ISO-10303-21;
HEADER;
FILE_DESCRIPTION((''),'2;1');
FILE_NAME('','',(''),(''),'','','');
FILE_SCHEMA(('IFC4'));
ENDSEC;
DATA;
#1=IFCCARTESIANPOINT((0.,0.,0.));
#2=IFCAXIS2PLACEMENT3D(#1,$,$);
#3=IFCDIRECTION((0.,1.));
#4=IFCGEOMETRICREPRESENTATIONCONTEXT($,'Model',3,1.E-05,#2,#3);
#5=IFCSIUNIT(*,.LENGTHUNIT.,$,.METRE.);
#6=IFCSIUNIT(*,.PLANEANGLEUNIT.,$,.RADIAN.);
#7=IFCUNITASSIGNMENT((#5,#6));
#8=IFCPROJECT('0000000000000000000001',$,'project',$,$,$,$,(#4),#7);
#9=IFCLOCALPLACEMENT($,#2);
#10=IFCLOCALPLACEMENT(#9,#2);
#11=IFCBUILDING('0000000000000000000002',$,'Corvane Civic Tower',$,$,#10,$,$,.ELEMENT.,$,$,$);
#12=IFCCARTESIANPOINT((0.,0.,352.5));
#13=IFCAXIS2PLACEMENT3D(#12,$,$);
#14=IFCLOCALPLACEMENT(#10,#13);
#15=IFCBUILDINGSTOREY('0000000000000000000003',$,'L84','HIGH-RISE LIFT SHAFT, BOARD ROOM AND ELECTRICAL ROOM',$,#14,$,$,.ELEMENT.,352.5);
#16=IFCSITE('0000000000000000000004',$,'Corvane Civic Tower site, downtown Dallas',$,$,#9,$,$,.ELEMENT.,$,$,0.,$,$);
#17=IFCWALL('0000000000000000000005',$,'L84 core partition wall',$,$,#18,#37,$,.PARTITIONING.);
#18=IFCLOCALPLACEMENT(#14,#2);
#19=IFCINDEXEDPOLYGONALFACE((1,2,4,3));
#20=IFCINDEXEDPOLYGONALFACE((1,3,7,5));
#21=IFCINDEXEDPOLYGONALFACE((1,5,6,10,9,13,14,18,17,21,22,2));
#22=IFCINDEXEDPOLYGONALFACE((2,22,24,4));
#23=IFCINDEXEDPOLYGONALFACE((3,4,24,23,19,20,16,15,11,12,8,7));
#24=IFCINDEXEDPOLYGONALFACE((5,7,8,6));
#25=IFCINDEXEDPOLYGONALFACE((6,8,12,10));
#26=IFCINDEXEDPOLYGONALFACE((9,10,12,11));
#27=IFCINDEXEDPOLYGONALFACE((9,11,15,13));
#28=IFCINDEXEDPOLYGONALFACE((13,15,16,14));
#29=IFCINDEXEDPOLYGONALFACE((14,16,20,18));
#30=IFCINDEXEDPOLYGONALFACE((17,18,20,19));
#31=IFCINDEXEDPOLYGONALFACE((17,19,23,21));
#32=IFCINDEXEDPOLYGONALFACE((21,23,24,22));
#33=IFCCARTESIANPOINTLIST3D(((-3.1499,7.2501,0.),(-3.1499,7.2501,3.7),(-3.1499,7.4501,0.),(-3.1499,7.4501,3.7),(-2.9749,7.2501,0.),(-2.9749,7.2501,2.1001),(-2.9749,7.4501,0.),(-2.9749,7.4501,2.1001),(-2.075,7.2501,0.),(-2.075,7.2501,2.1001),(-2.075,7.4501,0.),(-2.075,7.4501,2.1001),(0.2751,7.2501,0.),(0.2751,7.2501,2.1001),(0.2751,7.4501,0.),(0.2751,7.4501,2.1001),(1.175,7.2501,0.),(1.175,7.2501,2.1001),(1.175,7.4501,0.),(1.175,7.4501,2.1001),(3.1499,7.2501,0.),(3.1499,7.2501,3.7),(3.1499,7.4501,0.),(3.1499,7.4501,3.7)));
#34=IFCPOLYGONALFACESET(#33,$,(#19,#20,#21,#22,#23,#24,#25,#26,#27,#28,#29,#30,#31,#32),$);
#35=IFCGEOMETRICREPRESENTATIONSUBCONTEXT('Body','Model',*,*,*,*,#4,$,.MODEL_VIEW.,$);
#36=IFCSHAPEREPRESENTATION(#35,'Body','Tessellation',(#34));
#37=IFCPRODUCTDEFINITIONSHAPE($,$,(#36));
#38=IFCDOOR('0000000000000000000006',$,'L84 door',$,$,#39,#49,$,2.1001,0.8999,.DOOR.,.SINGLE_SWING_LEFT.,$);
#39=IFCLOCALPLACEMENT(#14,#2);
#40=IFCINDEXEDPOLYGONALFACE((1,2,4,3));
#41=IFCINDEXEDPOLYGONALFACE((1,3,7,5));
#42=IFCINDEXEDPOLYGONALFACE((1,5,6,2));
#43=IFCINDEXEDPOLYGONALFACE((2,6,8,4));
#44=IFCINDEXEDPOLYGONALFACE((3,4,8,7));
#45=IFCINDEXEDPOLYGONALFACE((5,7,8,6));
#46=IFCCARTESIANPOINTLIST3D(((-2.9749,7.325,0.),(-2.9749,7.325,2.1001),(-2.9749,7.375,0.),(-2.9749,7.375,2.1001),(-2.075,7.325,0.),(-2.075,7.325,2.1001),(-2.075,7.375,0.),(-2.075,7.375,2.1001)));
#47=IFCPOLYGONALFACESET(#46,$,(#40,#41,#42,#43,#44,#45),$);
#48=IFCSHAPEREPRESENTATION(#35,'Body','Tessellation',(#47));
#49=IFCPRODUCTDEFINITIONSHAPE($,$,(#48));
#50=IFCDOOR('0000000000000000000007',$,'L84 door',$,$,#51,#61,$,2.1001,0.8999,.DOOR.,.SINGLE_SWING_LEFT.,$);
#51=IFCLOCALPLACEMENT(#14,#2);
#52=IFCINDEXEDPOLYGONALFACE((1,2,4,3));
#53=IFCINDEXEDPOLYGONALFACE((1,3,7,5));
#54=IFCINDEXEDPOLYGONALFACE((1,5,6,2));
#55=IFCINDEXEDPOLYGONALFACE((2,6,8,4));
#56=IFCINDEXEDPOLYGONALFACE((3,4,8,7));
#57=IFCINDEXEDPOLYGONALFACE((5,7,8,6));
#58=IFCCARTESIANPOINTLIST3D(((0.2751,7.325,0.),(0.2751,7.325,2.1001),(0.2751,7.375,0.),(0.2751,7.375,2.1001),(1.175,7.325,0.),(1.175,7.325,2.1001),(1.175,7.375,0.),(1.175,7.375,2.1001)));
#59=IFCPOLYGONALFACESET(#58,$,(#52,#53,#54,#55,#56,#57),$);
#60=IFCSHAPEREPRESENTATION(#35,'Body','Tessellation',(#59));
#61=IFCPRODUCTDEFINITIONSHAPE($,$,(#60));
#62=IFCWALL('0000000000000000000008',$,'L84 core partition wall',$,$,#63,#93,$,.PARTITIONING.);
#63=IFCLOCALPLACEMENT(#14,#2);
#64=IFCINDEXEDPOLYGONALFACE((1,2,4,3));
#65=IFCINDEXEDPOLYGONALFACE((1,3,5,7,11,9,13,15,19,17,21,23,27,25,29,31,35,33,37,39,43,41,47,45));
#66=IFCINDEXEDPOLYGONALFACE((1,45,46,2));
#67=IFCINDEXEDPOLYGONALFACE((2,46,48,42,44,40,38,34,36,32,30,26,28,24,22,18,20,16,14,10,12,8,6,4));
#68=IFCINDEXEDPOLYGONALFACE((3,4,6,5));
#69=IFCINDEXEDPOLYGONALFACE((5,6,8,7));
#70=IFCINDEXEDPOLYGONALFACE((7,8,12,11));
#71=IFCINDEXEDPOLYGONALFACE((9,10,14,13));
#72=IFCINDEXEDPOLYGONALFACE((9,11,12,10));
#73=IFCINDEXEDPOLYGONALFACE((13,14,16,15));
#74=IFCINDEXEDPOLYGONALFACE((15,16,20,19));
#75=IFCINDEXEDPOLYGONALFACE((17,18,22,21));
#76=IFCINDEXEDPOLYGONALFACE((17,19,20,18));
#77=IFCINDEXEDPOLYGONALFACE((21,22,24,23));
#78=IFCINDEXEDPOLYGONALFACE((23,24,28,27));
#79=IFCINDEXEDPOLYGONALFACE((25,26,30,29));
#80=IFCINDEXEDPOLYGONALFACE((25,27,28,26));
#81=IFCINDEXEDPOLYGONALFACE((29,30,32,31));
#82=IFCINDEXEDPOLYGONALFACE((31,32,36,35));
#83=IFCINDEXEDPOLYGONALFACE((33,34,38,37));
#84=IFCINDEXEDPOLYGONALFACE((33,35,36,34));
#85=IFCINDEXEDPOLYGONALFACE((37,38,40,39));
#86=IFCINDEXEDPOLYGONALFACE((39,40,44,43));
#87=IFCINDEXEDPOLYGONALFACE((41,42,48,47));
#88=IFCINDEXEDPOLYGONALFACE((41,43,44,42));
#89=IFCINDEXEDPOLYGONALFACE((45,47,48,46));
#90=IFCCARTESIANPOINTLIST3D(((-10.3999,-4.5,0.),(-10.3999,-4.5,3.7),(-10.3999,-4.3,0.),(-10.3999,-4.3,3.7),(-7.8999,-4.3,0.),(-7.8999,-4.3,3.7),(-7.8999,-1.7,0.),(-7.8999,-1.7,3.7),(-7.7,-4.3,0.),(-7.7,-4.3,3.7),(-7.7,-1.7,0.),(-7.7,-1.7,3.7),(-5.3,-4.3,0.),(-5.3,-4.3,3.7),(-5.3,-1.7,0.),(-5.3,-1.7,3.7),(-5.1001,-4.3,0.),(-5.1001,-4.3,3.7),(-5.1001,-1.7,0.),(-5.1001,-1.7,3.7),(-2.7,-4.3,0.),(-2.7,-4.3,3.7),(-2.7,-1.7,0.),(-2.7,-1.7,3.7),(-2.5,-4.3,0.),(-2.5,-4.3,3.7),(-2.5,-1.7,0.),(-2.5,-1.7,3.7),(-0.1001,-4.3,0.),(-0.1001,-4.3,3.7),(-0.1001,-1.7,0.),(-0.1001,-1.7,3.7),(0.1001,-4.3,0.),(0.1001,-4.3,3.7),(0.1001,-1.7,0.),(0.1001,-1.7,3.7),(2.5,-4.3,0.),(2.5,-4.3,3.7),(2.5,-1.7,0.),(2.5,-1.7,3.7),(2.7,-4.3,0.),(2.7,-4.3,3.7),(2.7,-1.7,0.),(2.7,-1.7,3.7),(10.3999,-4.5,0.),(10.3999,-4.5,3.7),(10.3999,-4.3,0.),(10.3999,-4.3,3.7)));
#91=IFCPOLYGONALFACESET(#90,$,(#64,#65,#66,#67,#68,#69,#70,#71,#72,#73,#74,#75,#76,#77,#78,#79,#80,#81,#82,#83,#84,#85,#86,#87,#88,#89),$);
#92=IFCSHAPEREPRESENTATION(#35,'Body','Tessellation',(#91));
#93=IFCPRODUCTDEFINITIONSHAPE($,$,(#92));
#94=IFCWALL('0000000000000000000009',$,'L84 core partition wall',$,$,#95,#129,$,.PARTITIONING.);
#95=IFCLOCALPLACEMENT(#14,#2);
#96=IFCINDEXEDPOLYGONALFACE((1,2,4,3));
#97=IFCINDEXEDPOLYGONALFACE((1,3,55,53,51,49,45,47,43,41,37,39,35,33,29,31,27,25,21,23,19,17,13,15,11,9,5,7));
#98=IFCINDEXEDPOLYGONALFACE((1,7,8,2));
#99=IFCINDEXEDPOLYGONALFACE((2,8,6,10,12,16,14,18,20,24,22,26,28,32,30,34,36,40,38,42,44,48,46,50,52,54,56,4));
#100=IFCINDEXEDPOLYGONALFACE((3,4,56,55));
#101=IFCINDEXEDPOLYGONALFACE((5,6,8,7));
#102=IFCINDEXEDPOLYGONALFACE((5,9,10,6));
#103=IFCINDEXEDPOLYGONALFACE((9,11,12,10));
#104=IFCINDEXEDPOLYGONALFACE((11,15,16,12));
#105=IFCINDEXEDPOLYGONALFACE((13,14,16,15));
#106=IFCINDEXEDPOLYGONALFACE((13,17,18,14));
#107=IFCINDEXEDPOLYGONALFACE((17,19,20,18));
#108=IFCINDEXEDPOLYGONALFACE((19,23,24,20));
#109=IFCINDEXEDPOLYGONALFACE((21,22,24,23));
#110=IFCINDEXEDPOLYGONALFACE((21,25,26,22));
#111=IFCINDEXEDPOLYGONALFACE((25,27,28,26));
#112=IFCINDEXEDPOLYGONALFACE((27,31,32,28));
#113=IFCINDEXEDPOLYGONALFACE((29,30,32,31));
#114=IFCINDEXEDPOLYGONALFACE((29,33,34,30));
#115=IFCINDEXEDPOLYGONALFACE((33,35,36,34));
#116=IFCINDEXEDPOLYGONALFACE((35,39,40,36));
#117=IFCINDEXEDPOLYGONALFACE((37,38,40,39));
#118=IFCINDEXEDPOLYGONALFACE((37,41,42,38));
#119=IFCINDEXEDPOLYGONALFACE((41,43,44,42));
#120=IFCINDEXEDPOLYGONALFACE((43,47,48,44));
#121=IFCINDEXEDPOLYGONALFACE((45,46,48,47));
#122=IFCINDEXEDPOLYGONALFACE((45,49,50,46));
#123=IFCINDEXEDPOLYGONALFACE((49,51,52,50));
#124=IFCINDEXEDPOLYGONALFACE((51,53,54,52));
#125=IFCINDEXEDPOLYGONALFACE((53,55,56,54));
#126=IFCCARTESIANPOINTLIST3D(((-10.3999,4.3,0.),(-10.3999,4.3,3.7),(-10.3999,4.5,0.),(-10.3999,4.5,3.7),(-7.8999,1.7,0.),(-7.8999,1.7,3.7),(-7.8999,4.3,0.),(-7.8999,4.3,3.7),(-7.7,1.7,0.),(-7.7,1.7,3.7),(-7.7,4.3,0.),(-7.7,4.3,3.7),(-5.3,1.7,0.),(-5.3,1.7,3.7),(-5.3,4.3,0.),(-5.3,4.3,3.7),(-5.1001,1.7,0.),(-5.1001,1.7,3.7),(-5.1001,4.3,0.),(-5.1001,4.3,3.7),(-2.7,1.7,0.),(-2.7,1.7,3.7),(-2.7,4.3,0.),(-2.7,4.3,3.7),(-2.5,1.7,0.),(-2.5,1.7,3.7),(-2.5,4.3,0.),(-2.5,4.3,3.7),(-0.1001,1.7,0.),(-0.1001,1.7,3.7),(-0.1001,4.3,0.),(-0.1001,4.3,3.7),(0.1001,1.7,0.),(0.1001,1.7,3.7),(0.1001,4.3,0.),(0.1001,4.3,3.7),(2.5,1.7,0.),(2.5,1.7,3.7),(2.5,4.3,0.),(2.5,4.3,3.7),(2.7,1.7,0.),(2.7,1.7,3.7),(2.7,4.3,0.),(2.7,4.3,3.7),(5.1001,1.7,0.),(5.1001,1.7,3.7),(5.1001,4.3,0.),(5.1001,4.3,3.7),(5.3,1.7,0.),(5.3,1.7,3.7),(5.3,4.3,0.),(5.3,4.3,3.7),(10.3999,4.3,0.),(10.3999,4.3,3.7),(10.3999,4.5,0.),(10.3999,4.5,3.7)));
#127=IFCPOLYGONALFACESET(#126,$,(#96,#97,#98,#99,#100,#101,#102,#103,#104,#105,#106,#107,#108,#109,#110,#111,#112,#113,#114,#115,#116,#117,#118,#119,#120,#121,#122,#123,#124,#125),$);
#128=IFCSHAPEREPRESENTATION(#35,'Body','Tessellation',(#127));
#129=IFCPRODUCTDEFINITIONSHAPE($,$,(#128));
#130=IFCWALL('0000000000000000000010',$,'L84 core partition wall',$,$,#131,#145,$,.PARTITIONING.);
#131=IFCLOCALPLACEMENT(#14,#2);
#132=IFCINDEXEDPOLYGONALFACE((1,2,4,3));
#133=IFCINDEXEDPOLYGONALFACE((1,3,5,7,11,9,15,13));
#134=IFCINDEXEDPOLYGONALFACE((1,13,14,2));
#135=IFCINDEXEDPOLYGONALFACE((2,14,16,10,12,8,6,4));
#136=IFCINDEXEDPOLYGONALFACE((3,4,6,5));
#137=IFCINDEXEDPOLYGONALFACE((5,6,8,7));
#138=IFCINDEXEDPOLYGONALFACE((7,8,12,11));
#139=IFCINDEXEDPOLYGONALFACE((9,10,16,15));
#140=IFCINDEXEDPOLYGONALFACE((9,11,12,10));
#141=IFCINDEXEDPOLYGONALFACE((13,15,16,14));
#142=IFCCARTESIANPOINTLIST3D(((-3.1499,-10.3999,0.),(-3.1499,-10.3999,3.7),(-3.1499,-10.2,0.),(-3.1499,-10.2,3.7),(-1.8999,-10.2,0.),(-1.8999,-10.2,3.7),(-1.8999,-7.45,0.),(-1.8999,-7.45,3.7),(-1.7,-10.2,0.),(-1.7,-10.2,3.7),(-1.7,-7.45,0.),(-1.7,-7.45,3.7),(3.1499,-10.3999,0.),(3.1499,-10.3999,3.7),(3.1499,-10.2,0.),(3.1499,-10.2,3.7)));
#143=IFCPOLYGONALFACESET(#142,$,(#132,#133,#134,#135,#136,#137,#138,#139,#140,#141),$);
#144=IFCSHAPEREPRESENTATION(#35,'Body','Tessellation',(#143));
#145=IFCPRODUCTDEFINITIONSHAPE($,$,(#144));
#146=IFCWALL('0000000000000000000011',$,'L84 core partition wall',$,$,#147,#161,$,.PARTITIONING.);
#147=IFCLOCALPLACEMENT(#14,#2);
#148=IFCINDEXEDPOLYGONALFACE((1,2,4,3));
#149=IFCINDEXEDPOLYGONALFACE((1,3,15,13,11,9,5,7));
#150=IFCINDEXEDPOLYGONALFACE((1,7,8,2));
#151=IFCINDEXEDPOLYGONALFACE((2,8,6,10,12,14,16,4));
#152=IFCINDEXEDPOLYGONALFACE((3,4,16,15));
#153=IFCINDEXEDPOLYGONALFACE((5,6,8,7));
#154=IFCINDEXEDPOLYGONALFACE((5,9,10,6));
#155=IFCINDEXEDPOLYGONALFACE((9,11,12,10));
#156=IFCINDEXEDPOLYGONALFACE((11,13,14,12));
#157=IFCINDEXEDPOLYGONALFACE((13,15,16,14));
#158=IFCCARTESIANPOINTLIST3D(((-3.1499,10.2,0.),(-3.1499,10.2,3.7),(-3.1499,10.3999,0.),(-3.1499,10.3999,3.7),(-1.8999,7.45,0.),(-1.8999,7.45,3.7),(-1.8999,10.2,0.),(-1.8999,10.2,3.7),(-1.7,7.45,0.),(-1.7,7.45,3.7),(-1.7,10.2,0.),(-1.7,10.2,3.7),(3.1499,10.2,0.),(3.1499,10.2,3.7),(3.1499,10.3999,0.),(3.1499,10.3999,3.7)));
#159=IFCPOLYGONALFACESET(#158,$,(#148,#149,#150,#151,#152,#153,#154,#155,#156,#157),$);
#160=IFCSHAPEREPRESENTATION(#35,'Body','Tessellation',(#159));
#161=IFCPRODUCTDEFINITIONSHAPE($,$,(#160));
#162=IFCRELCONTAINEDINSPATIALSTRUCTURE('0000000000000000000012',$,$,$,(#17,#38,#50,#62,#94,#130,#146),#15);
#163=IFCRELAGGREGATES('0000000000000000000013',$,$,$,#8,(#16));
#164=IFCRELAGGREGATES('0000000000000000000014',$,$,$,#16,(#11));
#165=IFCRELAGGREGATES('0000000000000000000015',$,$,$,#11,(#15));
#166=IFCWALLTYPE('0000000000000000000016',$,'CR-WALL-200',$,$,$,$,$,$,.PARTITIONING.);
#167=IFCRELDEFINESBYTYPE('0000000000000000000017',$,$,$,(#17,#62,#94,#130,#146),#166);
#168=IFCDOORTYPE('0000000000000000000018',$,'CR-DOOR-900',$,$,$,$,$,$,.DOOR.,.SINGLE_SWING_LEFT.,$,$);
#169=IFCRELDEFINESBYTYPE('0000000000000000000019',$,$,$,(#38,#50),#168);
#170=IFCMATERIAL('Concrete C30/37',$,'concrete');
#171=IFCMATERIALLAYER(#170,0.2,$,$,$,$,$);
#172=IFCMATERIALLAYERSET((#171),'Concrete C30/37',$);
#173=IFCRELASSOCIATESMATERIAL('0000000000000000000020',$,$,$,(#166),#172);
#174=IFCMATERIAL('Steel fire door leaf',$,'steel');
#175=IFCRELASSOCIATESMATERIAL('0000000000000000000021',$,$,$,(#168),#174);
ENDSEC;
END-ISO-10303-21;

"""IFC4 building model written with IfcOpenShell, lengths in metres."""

from ifc_helpers import new_model, si_unit, direction, frame, frame_2d, origin, place, context, subcontext, project, spatial, polyline, rectangle, outline, extrude, material, layer, layer_set, type_object, element, fill, save


model = new_model("IFC4")

# Units and contexts
model_context = context("Model", 3, precision=1e-05, world=origin(), true_north=direction((0.0, 1.0)))
body_context = subcontext(model_context, "Body", "Model", "MODEL_VIEW")
ifc_project = project(units=[si_unit("LENGTHUNIT", "METRE"), si_unit("PLANEANGLEUNIT", "RADIAN")], contexts=[model_context])

# Site, building, storey
site_placement = place(None, origin())
site = spatial("IfcSite", under=ifc_project, at=site_placement, Name="Corvane Civic Tower site, downtown Dallas", CompositionType="ELEMENT", RefElevation=0.0)
building_placement = place(site_placement, origin())
building = spatial("IfcBuilding", under=site, at=building_placement, Name="Corvane Civic Tower", CompositionType="ELEMENT")
storey_placement = place(building_placement, frame((0.0, 0.0, 352.5)))
storey = spatial("IfcBuildingStorey", under=building, at=storey_placement, Name="L84", Description="HIGH-RISE LIFT SHAFT, BOARD ROOM AND ELECTRICAL ROOM", CompositionType="ELEMENT", Elevation=352.5)

# Wall, openings, doors
ifc_material_1 = material(Name="Concrete C30/37", Category="concrete")
ifc_layer_1 = layer(ifc_material_1, 0.2)
ifc_layer_set_1 = layer_set([ifc_layer_1], Name="Concrete C30/37")
wall_type_1 = type_object("IfcWallType", Name="CR-WALL-200", PredefinedType="PARTITIONING", material=ifc_layer_set_1)
ifc_material_2 = material(Name="Steel fire door leaf", Category="steel")
door_type_1 = type_object("IfcDoorType", Name="CR-DOOR-900", OperationType="SINGLE_SWING_LEFT", PredefinedType="DOOR", material=ifc_material_2)
wall_1_placement = place(storey_placement, frame((-3.1499, 7.3501, 0.0), z_axis=(0.0, 0.0, 1.0), x_axis=(1.0, 0.0, 0.0)))
wall_1 = element("IfcWall", 1, at=wall_1_placement, inside=storey, type_object=wall_type_1, Name="L84 core partition wall", PredefinedType="PARTITIONING", context=body_context, shape_type="SweptSolid", body=[
    extrude(rectangle(XDim=6.2998, YDim=0.2, at=frame_2d((3.1499, 0.0))), origin(), (0.0, 0.0, 1.0), 3.7),
])
opening_1_placement = place(wall_1_placement, frame((0.175, 0.0, 0.0)))
opening_1 = element("IfcOpeningElement", 2, at=opening_1_placement, cuts=wall_1, PredefinedType="OPENING", context=body_context, shape_type="SweptSolid", body=[
    extrude(rectangle(XDim=0.8999, YDim=2.1001, at=frame_2d((0.45, 1.05))), frame((0.0, 0.1099, 0.0), z_axis=(0.0, -1.0, 0.0), x_axis=(1.0, 0.0, 0.0)), (0.0, 0.0, 1.0), 0.22),
])
opening_2_placement = place(wall_1_placement, frame((3.425, 0.0, 0.0)))
opening_2 = element("IfcOpeningElement", 3, at=opening_2_placement, cuts=wall_1, PredefinedType="OPENING", context=body_context, shape_type="SweptSolid", body=[
    extrude(rectangle(XDim=0.8999, YDim=2.1001, at=frame_2d((0.45, 1.05))), frame((0.0, 0.1099, 0.0), z_axis=(0.0, -1.0, 0.0), x_axis=(1.0, 0.0, 0.0)), (0.0, 0.0, 1.0), 0.22),
])
door_1_placement = place(opening_1_placement, origin())
door_1 = element("IfcDoor", 4, at=door_1_placement, inside=storey, type_object=door_type_1, Name="L84 door", OperationType="SINGLE_SWING_LEFT", OverallHeight=2.1001, OverallWidth=0.8999, PredefinedType="DOOR", context=body_context, shape_type="SweptSolid", body=[
    extrude(rectangle(XDim=0.8999, YDim=2.1001, at=frame_2d((0.45, 1.05))), frame((0.0, 0.0249, 0.0), z_axis=(0.0, -1.0, 0.0), x_axis=(1.0, 0.0, 0.0)), (0.0, 0.0, 1.0), 0.05),
])
fill(opening_1, door_1)
door_2_placement = place(opening_2_placement, origin())
door_2 = element("IfcDoor", 5, at=door_2_placement, inside=storey, type_object=door_type_1, Name="L84 door", OperationType="SINGLE_SWING_LEFT", OverallHeight=2.1001, OverallWidth=0.8999, PredefinedType="DOOR", context=body_context, shape_type="SweptSolid", body=[
    extrude(rectangle(XDim=0.8999, YDim=2.1001, at=frame_2d((0.45, 1.05))), frame((0.0, 0.0249, 0.0), z_axis=(0.0, -1.0, 0.0), x_axis=(1.0, 0.0, 0.0)), (0.0, 0.0, 1.0), 0.05),
])
fill(opening_2, door_2)

# Walls
wall_2_placement = place(storey_placement, origin())
element("IfcWall", 6, at=wall_2_placement, inside=storey, type_object=wall_type_1, Name="L84 core partition wall", PredefinedType="PARTITIONING", context=body_context, shape_type="SweptSolid", body=[
    extrude(outline(polyline([(-7.8999, -1.7), (-7.7, -1.7), (-7.7, -4.3), (-5.3, -4.3), (-5.3, -1.7), (-5.1001, -1.7), (-5.1001, -4.3), (-2.7, -4.3), (-2.7, -1.7), (-2.5, -1.7), (-2.5, -4.3), (-0.1001, -4.3), (-0.1001, -1.7), (0.1001, -1.7), (0.1001, -4.3), (2.5, -4.3), (2.5, -1.7), (2.7, -1.7), (2.7, -4.3), (10.3999, -4.3), (10.3999, -4.5), (-10.3999, -4.5), (-10.3999, -4.3), (-7.8999, -4.3), (-7.8999, -1.7)])), origin(), (0.0, 0.0, 1.0), 3.7),
])
wall_3_placement = place(storey_placement, origin())
element("IfcWall", 7, at=wall_3_placement, inside=storey, type_object=wall_type_1, Name="L84 core partition wall", PredefinedType="PARTITIONING", context=body_context, shape_type="SweptSolid", body=[
    extrude(outline(polyline([(-7.7, 1.7), (-7.8999, 1.7), (-7.8999, 4.3), (-10.3999, 4.3), (-10.3999, 4.5), (10.3999, 4.5), (10.3999, 4.3), (5.3, 4.3), (5.3, 1.7), (5.1001, 1.7), (5.1001, 4.3), (2.7, 4.3), (2.7, 1.7), (2.5, 1.7), (2.5, 4.3), (0.1001, 4.3), (0.1001, 1.7), (-0.1001, 1.7), (-0.1001, 4.3), (-2.5, 4.3), (-2.5, 1.7), (-2.7, 1.7), (-2.7, 4.3), (-5.1001, 4.3), (-5.1001, 1.7), (-5.3, 1.7), (-5.3, 4.3), (-7.7, 4.3), (-7.7, 1.7)])), origin(), (0.0, 0.0, 1.0), 3.7),
])
wall_4_placement = place(storey_placement, origin())
element("IfcWall", 8, at=wall_4_placement, inside=storey, type_object=wall_type_1, Name="L84 core partition wall", PredefinedType="PARTITIONING", context=body_context, shape_type="SweptSolid", body=[
    extrude(outline(polyline([(-1.8999, -7.45), (-1.7, -7.45), (-1.7, -10.2), (3.1499, -10.2), (3.1499, -10.3999), (-3.1499, -10.3999), (-3.1499, -10.2), (-1.8999, -10.2), (-1.8999, -7.45)])), origin(), (0.0, 0.0, 1.0), 3.7),
])
wall_5_placement = place(storey_placement, origin())
element("IfcWall", 9, at=wall_5_placement, inside=storey, type_object=wall_type_1, Name="L84 core partition wall", PredefinedType="PARTITIONING", context=body_context, shape_type="SweptSolid", body=[
    extrude(outline(polyline([(-1.7, 7.45), (-1.8999, 7.45), (-1.8999, 10.2), (-3.1499, 10.2), (-3.1499, 10.3999), (3.1499, 10.3999), (3.1499, 10.2), (-1.7, 10.2), (-1.7, 7.45)])), origin(), (0.0, 0.0, 1.0), 3.7),
])

save(model, "model.ifc")
